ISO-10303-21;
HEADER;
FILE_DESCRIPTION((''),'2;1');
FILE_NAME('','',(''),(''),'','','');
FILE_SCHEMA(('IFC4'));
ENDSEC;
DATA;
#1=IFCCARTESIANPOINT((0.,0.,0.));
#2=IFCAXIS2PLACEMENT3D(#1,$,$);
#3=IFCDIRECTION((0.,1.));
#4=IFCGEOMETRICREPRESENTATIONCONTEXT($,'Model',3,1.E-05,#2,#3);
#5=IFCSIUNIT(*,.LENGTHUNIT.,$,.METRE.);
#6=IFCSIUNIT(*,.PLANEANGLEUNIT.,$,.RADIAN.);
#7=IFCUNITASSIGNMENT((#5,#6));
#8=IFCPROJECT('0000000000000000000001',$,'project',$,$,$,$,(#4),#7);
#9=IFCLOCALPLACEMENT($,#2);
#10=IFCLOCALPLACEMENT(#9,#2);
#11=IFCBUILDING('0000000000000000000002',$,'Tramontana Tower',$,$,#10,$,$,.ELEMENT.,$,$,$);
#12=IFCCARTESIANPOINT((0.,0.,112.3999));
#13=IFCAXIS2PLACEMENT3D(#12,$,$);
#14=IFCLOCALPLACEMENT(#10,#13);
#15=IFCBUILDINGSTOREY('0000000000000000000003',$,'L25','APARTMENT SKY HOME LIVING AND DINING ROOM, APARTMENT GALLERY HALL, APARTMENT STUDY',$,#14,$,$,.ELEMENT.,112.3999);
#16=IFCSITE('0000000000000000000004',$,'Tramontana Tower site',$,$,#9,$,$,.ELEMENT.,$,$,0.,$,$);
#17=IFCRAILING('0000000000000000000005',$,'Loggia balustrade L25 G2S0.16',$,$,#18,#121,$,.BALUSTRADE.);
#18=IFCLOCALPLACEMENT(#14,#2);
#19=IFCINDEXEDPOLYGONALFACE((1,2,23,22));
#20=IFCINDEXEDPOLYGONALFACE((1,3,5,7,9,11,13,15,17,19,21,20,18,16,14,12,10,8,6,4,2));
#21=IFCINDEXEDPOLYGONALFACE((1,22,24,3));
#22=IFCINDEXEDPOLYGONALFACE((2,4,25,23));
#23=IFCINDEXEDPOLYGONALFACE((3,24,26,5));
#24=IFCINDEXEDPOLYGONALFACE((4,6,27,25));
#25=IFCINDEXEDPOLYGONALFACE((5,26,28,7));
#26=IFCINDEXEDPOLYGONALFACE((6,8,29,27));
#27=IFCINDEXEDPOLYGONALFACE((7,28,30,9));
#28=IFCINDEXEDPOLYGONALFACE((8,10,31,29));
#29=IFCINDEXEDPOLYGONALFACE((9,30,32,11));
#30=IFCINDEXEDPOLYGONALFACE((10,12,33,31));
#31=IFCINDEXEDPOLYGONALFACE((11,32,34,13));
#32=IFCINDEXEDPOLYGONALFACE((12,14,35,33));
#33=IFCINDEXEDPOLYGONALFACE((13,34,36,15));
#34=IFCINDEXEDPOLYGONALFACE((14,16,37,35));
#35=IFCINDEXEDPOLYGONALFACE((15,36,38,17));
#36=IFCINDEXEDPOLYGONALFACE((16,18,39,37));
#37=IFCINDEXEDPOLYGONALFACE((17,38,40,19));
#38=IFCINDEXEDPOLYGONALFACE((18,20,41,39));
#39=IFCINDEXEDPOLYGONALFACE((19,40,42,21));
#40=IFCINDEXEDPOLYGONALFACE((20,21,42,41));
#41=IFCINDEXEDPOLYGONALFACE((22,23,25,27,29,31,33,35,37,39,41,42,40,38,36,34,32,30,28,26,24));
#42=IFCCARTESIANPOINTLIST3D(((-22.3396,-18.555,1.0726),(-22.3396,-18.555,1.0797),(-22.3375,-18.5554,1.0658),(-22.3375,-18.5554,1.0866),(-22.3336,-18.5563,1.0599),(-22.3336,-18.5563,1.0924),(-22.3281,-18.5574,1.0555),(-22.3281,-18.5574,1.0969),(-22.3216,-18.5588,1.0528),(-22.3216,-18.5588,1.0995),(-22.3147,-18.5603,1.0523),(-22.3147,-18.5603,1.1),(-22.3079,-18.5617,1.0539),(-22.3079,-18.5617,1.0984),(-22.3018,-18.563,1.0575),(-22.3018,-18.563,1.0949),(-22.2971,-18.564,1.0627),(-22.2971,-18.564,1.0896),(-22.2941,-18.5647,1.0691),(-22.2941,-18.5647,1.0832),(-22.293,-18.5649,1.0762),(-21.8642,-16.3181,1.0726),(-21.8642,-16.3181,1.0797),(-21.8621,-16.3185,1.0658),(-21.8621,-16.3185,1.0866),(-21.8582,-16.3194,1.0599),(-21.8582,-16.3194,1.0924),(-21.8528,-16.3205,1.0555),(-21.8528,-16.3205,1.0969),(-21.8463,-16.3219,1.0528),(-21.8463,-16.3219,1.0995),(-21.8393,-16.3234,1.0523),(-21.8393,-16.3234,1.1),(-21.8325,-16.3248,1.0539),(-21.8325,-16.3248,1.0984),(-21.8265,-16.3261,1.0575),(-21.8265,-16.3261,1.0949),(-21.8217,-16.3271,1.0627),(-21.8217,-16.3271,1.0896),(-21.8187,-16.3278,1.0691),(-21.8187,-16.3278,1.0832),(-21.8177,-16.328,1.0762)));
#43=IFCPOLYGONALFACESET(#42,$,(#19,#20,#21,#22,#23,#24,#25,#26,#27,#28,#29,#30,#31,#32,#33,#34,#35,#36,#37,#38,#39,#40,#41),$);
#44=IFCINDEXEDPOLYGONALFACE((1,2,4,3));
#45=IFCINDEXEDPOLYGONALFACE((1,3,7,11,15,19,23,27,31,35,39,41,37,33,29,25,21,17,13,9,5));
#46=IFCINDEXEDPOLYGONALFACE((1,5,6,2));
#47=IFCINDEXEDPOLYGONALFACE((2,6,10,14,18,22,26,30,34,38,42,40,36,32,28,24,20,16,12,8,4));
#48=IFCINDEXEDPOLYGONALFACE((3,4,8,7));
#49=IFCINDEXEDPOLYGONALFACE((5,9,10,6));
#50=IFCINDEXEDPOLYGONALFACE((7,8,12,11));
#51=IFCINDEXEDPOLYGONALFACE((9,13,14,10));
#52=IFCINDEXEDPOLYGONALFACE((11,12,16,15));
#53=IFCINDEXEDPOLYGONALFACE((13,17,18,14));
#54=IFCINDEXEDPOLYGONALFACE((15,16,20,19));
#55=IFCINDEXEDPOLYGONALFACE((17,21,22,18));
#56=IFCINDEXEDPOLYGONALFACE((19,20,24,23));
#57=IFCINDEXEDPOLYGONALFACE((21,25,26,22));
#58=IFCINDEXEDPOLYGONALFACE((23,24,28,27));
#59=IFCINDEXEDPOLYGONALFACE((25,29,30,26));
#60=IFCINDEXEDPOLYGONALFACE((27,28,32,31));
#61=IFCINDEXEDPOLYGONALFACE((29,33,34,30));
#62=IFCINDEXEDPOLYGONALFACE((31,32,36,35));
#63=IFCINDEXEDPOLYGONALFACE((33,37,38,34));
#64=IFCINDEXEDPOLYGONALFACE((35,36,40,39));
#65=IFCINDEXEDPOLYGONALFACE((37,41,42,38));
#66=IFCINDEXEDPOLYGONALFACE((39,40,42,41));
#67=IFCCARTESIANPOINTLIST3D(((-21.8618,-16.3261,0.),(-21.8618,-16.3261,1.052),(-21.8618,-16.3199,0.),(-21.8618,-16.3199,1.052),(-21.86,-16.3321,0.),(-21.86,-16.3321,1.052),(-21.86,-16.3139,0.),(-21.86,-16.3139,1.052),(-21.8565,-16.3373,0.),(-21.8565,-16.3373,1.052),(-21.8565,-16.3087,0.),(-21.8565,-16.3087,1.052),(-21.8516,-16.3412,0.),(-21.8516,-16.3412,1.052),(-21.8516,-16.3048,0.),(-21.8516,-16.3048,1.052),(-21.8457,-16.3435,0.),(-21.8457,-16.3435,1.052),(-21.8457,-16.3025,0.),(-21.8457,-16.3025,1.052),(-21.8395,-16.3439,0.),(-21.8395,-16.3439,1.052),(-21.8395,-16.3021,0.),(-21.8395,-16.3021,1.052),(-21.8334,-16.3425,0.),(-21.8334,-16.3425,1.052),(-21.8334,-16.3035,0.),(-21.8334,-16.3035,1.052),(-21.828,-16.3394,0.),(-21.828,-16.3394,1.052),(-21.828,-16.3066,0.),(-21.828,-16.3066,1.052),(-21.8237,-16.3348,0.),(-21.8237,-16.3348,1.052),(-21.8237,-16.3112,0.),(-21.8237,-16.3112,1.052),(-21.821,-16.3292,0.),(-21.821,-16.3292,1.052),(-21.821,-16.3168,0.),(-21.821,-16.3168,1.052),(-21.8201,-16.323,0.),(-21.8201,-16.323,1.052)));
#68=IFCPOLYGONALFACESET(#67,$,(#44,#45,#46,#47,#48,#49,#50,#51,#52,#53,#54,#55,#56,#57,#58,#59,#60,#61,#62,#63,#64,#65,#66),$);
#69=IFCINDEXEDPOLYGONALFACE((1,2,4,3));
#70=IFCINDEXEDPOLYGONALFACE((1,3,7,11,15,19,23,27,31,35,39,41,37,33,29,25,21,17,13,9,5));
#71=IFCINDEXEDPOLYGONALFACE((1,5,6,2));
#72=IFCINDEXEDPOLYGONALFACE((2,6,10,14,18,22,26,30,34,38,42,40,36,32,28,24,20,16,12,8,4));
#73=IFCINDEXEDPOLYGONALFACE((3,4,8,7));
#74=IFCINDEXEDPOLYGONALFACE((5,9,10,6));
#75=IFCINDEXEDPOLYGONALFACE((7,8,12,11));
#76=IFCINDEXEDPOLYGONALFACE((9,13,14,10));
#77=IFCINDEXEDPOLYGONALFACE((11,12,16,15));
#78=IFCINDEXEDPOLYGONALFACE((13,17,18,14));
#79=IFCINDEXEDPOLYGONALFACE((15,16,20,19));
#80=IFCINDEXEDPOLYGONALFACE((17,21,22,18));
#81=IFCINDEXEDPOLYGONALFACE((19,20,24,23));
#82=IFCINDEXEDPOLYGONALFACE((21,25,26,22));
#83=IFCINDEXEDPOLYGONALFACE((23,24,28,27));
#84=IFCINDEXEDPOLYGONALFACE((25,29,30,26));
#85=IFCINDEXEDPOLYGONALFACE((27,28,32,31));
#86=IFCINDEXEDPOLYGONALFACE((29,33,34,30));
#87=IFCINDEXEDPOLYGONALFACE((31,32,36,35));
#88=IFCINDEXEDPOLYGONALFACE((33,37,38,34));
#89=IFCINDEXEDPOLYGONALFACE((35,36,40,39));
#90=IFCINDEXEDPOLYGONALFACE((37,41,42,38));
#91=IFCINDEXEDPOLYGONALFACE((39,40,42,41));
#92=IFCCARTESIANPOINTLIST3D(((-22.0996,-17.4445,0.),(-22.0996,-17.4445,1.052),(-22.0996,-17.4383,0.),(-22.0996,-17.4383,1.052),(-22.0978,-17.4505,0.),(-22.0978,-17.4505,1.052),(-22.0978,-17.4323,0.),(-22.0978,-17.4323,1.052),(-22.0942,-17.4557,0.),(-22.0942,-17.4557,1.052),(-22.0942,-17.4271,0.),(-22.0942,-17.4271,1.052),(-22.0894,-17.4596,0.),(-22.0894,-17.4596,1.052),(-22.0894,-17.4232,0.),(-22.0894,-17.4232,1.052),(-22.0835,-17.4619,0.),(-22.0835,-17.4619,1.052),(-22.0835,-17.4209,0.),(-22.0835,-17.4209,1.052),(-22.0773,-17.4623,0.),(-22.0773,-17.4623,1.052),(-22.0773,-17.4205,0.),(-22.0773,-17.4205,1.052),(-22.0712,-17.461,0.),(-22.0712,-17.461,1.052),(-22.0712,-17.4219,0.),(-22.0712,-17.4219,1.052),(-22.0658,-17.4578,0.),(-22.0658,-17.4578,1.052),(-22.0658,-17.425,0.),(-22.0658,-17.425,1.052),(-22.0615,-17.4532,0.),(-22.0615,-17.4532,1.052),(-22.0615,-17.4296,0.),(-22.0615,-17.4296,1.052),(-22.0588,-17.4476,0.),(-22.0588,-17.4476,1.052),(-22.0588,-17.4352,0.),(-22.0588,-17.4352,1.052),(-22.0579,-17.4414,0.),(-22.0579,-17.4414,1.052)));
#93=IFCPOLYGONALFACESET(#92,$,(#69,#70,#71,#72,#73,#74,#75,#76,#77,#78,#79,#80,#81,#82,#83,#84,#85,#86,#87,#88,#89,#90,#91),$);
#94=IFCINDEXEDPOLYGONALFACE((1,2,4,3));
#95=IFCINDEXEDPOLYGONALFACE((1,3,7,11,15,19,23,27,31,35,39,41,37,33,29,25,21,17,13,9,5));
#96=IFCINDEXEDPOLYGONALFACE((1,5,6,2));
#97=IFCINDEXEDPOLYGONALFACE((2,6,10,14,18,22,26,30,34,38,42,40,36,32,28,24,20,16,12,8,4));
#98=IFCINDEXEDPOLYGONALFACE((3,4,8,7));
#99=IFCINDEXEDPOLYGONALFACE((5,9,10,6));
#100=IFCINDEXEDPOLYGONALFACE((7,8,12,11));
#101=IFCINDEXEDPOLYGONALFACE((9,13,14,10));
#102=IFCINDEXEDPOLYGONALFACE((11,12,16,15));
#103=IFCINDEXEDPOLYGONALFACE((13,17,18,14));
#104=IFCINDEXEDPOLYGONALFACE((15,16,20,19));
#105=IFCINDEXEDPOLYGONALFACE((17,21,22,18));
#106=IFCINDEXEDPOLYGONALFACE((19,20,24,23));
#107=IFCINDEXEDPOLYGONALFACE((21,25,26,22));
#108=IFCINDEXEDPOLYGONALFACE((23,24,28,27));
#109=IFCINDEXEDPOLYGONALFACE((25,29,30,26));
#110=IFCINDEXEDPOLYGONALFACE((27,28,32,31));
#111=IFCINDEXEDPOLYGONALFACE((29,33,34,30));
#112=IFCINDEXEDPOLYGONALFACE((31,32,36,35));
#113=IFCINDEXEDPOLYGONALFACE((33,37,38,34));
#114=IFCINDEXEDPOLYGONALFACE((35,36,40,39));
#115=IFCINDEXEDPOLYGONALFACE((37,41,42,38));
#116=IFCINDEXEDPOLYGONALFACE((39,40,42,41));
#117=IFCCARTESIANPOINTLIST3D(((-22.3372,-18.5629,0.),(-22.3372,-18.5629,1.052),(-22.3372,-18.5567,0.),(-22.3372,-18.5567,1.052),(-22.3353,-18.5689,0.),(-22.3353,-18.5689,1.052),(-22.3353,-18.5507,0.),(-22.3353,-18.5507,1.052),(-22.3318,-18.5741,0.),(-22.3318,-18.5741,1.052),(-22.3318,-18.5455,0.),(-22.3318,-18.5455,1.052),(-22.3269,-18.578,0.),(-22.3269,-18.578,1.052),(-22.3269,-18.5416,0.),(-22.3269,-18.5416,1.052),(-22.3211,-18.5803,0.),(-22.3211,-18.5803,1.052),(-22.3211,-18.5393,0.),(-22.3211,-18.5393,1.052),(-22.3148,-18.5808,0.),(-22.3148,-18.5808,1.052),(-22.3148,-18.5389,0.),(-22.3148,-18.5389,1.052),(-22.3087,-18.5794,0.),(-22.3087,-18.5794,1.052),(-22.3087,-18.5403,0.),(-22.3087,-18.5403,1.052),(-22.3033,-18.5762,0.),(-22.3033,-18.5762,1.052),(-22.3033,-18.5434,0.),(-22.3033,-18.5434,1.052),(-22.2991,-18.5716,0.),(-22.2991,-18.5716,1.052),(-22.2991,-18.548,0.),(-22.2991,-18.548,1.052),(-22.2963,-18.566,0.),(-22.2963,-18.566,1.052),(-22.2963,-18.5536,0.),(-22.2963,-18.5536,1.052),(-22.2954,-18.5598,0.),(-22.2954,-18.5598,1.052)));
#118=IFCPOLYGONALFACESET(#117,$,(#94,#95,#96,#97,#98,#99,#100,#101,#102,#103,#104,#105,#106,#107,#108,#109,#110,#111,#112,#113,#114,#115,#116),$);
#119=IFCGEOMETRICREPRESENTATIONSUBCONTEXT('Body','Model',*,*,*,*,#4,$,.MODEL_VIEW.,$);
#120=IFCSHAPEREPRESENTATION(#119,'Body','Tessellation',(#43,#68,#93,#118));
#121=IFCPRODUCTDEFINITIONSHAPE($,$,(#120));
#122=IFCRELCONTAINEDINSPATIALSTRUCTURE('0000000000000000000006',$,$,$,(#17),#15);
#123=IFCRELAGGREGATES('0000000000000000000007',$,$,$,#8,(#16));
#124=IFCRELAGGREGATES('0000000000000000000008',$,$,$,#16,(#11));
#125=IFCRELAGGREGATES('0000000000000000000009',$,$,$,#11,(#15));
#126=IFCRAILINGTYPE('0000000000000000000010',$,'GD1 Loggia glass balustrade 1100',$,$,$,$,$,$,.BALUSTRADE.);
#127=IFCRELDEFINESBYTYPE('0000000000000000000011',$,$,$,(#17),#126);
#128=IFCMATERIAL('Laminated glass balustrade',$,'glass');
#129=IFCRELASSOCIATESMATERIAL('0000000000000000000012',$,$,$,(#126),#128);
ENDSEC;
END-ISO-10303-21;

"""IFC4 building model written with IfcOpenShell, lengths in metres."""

from ifc_helpers import new_model, si_unit, direction, frame, origin, origin_2d, place, context, subcontext, project, spatial, circle, extrude, material, type_object, element, save


model = new_model("IFC4")

# Units and contexts
model_context = context("Model", 3, precision=1e-05, world=origin(), true_north=direction((0.0, 1.0)))
body_context = subcontext(model_context, "Body", "Model", "MODEL_VIEW")
ifc_project = project(units=[si_unit("LENGTHUNIT", "METRE"), si_unit("PLANEANGLEUNIT", "RADIAN")], contexts=[model_context])

# Site, building, storey
site_placement = place(None, origin())
site = spatial("IfcSite", under=ifc_project, at=site_placement, Name="Tramontana Tower site", CompositionType="ELEMENT", RefElevation=0.0)
building_placement = place(site_placement, origin())
building = spatial("IfcBuilding", under=site, at=building_placement, Name="Tramontana Tower", CompositionType="ELEMENT")
storey_placement = place(building_placement, frame((0.0, 0.0, 112.3999)))
storey = spatial("IfcBuildingStorey", under=building, at=storey_placement, Name="L25", Description="APARTMENT SKY HOME LIVING AND DINING ROOM, APARTMENT GALLERY HALL, APARTMENT STUDY", CompositionType="ELEMENT", Elevation=112.3999)

# Railing
ifc_material_1 = material(Name="Laminated glass balustrade", Category="glass")
railing_type = type_object("IfcRailingType", Name="GD1 Loggia glass balustrade 1100", PredefinedType="BALUSTRADE", material=ifc_material_1)
railing_1_placement = place(storey_placement, frame((-21.8411, -16.323, 0.0)))
element("IfcRailing", 1, at=railing_1_placement, inside=storey, type_object=railing_type, Name="Loggia balustrade L25 G2S0.16", PredefinedType="BALUSTRADE", context=body_context, shape_type="SweptSolid", body=[
    extrude(circle(Radius=0.0239, at=origin_2d()), frame((0.0, 0.0, 1.0762), z_axis=(-0.207866, -0.978157, 0.0), x_axis=(0.978157, -0.207866, 0.0)), (0.0, 0.0, 1.0), 2.2869),
    extrude(circle(Radius=0.021, at=origin_2d()), origin(), (0.0, 0.0, 1.0), 1.052),
    extrude(circle(Radius=0.021, at=origin_2d()), frame((-0.2378, -1.1184, 0.0)), (0.0, 0.0, 1.0), 1.052),
    extrude(circle(Radius=0.021, at=origin_2d()), frame((-0.4753, -2.2368, 0.0)), (0.0, 0.0, 1.0), 1.052),
])

save(model, "model.ifc")
